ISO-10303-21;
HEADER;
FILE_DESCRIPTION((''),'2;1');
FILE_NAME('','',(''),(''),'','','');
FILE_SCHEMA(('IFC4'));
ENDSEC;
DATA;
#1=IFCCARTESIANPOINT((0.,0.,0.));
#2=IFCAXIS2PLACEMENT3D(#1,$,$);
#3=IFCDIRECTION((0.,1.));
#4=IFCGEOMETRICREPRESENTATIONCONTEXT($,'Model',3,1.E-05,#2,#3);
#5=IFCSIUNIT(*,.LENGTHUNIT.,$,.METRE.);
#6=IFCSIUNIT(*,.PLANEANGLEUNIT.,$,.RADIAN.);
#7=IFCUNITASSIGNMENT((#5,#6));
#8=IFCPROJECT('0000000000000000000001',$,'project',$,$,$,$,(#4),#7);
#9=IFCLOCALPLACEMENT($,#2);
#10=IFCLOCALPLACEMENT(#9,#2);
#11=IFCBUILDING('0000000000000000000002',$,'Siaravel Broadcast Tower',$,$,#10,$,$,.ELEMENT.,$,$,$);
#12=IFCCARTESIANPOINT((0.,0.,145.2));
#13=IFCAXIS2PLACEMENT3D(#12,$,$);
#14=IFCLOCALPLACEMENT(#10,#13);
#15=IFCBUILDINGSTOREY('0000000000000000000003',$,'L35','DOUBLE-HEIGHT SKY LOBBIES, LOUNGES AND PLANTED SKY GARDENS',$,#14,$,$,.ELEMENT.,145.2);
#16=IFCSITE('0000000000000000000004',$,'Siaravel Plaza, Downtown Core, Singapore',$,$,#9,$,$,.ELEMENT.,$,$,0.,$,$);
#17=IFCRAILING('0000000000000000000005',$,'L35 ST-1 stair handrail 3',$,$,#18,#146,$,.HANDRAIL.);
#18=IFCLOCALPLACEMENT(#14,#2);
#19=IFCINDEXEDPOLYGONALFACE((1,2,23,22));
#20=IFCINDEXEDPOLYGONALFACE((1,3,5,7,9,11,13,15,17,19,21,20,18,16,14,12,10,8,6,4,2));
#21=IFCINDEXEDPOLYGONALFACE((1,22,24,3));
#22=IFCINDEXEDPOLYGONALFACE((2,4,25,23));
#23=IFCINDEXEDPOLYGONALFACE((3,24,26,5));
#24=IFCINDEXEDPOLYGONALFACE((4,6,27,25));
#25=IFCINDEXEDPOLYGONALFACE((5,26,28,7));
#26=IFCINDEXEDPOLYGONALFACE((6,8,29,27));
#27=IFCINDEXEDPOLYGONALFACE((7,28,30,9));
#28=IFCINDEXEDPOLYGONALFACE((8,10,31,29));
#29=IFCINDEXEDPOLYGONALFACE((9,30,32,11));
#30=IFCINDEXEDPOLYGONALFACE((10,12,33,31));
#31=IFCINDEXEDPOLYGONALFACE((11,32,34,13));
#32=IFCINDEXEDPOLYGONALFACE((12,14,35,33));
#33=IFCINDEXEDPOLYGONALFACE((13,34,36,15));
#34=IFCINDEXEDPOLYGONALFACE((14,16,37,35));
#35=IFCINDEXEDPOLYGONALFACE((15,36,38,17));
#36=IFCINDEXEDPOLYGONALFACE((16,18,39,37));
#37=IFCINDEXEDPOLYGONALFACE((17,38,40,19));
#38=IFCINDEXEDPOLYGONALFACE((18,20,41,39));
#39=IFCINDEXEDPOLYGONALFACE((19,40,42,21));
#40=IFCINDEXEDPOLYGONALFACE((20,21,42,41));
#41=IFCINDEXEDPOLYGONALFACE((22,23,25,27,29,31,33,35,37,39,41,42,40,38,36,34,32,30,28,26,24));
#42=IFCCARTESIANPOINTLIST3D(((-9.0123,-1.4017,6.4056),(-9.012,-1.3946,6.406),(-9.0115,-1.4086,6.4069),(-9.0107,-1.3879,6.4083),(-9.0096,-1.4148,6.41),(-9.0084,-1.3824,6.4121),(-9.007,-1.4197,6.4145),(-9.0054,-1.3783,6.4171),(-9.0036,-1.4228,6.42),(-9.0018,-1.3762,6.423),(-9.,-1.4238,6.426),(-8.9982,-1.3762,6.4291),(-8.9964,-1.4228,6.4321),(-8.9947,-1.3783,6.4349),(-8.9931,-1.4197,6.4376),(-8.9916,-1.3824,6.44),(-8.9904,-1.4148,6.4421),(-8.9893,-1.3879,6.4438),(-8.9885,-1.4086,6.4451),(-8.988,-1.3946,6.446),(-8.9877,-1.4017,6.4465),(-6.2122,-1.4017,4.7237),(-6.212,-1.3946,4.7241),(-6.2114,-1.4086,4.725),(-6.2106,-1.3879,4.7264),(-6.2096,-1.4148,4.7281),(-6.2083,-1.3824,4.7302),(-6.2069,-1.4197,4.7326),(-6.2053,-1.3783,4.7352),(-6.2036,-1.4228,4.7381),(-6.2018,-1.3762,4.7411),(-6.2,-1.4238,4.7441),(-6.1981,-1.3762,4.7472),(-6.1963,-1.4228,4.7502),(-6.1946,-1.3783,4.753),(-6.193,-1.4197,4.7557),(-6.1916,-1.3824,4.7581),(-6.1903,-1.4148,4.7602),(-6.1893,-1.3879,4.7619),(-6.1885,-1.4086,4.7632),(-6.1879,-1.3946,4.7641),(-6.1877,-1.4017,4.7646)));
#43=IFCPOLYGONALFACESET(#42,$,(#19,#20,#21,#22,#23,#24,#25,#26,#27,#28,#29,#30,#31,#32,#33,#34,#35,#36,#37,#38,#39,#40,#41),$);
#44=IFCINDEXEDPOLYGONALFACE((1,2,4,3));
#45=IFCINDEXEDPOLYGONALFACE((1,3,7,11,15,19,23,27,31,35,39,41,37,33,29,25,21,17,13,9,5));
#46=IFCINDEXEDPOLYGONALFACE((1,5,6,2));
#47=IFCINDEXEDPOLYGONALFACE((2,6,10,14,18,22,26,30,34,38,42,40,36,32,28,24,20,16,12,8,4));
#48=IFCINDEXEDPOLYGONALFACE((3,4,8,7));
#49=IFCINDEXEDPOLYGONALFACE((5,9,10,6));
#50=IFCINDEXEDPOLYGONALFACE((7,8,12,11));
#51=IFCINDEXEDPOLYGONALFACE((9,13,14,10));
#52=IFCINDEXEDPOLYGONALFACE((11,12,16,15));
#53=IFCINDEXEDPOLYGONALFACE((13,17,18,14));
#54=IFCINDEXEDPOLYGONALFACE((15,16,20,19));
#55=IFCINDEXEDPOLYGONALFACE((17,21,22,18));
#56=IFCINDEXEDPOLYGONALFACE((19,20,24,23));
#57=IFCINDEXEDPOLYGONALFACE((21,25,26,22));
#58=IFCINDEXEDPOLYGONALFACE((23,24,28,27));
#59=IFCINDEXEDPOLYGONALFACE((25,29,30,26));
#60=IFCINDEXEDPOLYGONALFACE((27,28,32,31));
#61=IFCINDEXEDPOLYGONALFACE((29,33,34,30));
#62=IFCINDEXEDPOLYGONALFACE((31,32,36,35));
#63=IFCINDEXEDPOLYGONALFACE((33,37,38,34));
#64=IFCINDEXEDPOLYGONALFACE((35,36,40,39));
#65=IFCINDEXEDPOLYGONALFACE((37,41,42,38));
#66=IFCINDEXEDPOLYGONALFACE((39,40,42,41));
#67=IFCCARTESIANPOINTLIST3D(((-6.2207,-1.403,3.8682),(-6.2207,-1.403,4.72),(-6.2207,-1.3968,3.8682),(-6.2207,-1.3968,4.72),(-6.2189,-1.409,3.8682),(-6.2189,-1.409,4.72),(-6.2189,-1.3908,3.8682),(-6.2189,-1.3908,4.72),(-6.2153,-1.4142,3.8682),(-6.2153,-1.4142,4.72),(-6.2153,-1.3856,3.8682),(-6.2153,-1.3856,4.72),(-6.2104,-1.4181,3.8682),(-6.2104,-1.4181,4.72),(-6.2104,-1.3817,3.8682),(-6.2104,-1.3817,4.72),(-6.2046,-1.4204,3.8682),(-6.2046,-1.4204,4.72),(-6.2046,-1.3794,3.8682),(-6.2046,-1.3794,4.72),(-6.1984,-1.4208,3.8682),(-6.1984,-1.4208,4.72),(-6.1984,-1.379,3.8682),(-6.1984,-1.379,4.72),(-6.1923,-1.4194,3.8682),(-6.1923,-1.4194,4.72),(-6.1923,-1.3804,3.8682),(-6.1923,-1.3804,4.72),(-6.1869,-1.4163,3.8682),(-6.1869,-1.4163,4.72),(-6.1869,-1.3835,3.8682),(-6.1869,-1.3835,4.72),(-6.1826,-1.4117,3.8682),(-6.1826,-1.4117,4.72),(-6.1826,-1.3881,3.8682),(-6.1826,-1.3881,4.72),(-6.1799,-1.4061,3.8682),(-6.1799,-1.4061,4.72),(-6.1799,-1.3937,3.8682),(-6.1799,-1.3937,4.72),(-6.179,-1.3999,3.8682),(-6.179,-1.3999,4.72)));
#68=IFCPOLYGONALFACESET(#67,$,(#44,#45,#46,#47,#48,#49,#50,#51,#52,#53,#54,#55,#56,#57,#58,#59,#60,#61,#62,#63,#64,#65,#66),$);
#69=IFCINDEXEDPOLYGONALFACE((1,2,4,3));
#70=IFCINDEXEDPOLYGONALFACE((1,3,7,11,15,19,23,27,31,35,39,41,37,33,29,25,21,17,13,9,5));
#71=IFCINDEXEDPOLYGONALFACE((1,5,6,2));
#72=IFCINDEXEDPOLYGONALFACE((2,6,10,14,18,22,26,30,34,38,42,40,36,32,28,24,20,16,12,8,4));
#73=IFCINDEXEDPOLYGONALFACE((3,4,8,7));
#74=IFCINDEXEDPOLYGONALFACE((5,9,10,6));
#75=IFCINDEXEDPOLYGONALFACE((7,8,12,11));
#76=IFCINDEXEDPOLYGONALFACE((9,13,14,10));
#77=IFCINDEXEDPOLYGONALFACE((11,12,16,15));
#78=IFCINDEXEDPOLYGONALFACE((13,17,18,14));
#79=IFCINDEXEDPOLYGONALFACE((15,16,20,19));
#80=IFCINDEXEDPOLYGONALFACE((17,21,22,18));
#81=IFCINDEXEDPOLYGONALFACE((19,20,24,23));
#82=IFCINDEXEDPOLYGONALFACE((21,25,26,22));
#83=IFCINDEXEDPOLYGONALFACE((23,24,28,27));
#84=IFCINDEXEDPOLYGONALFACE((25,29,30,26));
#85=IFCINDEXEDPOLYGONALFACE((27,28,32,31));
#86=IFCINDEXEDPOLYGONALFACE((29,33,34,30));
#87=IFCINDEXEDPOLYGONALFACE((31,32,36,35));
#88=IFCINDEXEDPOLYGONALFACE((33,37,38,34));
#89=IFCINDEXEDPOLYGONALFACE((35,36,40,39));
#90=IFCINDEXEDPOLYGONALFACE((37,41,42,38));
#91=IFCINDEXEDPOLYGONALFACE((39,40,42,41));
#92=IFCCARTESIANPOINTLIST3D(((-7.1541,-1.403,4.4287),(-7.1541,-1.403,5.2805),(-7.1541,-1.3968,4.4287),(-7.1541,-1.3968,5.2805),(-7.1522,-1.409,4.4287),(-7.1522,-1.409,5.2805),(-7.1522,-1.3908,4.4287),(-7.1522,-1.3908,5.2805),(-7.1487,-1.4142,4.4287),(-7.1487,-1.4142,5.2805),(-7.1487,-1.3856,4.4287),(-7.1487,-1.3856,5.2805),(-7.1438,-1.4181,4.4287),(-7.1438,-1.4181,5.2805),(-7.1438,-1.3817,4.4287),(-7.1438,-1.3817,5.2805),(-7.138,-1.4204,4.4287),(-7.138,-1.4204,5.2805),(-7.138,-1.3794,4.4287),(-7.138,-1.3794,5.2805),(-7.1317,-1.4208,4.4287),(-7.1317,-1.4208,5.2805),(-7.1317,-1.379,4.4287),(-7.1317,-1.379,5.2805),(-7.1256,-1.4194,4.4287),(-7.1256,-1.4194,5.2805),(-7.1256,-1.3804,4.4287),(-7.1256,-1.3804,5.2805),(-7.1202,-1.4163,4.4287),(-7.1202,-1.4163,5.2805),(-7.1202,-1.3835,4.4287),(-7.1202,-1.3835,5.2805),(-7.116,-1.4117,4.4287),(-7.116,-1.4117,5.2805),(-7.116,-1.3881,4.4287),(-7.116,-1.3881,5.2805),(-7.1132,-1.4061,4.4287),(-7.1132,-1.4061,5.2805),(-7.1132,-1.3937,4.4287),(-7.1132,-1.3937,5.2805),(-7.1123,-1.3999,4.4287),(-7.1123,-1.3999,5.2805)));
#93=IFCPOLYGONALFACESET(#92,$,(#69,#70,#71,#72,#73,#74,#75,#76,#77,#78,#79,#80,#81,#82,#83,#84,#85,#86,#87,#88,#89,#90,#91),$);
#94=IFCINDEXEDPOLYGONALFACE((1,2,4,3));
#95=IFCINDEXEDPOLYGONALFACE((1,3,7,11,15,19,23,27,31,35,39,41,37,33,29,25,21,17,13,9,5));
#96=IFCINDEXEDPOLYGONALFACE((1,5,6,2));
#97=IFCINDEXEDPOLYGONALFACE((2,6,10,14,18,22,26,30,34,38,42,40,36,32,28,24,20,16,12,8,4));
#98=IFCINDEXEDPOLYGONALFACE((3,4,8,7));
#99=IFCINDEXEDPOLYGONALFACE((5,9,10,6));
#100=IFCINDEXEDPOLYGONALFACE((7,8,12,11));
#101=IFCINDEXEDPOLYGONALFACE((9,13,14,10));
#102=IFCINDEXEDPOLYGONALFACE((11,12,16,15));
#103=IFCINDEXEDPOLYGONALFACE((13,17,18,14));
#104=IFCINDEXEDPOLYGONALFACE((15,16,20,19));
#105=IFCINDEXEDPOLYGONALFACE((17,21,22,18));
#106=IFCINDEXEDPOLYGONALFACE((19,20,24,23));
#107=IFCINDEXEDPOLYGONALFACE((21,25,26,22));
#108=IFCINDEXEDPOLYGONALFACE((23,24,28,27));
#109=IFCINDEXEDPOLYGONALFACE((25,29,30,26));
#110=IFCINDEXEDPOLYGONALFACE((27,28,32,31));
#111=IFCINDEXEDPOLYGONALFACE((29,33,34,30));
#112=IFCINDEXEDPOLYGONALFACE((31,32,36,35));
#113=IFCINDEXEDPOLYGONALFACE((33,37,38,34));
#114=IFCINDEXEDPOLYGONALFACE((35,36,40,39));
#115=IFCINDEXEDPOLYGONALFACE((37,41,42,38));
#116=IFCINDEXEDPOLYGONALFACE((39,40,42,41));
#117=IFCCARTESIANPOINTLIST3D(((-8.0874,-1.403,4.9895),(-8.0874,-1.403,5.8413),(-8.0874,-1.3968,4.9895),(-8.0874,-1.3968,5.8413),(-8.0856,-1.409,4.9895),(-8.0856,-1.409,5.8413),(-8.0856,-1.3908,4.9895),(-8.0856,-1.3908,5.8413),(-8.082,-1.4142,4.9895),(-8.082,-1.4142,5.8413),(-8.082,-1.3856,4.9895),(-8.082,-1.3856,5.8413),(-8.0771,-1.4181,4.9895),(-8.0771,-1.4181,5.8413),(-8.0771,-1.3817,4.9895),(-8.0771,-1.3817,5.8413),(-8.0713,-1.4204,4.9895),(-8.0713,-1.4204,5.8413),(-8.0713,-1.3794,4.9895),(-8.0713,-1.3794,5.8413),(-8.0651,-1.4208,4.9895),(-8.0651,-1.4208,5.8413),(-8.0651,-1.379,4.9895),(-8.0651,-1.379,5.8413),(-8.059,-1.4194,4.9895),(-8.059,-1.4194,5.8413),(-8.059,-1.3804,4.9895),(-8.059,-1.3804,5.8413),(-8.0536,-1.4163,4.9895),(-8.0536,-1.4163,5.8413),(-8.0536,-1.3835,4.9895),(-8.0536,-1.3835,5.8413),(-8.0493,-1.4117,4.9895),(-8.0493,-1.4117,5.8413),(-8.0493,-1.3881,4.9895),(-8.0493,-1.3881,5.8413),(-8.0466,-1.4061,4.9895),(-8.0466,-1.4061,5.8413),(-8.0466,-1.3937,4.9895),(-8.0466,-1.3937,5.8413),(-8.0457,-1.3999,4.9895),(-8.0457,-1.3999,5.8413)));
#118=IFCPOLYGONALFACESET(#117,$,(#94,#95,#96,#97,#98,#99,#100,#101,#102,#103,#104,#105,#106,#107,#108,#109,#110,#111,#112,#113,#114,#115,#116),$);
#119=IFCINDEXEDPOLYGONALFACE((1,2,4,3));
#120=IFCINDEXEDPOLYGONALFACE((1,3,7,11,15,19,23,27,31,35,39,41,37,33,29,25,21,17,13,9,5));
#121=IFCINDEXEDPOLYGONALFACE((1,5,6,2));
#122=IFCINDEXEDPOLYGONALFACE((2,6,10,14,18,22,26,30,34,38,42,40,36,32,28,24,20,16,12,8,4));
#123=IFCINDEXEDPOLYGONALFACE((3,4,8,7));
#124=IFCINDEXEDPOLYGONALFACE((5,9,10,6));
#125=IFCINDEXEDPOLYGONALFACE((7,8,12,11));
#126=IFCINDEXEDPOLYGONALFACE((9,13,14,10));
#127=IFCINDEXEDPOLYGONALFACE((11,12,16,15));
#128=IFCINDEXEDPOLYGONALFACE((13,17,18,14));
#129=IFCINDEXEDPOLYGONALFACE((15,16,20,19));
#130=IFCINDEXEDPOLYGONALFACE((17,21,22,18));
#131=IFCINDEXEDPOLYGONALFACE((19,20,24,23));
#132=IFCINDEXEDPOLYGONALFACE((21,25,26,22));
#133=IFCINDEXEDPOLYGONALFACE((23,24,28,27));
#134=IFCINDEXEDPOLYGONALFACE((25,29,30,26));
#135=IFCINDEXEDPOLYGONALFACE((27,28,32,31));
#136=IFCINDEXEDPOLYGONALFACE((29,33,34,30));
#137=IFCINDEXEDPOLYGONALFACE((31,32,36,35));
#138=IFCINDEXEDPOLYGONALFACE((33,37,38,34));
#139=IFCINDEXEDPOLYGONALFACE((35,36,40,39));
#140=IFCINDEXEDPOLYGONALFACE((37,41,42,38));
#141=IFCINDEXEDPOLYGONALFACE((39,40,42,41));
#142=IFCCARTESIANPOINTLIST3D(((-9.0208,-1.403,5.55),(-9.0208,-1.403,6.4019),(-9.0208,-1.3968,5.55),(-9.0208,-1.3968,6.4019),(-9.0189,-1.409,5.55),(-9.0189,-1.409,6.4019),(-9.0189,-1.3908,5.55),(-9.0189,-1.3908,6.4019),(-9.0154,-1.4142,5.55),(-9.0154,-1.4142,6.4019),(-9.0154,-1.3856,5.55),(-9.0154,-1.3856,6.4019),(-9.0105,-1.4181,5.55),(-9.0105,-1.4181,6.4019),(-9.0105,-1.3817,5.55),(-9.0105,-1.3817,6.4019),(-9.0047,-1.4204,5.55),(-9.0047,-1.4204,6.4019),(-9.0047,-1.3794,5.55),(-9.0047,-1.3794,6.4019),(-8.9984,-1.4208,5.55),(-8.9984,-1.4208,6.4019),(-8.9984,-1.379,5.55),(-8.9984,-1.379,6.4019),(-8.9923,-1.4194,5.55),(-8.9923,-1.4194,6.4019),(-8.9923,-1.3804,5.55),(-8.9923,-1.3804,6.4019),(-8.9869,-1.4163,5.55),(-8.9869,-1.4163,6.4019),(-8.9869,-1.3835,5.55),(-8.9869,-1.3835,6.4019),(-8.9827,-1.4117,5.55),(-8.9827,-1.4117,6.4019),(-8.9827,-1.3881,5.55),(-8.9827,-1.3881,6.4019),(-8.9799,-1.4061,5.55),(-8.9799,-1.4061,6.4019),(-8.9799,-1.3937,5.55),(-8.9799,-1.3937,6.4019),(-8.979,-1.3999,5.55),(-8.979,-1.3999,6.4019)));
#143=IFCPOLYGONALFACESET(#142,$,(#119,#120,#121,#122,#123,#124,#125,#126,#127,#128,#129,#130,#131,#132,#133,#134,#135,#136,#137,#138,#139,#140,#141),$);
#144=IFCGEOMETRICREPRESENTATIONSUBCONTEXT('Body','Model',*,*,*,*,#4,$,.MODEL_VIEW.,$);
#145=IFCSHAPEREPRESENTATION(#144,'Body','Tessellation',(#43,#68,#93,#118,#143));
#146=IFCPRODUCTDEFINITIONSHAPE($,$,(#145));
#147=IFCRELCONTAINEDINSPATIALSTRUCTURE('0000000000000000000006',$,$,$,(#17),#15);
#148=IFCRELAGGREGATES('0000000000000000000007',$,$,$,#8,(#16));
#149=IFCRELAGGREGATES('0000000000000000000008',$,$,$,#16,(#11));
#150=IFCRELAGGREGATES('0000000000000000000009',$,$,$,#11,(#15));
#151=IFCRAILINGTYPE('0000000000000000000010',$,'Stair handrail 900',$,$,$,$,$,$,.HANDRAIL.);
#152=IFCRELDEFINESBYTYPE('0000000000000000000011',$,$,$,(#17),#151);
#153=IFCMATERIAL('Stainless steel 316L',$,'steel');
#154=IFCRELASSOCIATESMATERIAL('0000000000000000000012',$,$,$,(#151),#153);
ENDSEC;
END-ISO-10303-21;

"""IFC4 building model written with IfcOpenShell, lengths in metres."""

from ifc_helpers import new_model, si_unit, direction, frame, origin, origin_2d, place, context, subcontext, project, spatial, circle, extrude, material, type_object, element, save


model = new_model("IFC4")

# Units and contexts
model_context = context("Model", 3, precision=1e-05, world=origin(), true_north=direction((0.0, 1.0)))
body_context = subcontext(model_context, "Body", "Model", "MODEL_VIEW")
ifc_project = project(units=[si_unit("LENGTHUNIT", "METRE"), si_unit("PLANEANGLEUNIT", "RADIAN")], contexts=[model_context])

# Site, building, storey
site_placement = place(None, origin())
site = spatial("IfcSite", under=ifc_project, at=site_placement, Name="Siaravel Plaza, Downtown Core, Singapore", CompositionType="ELEMENT", RefElevation=0.0)
building_placement = place(site_placement, origin())
building = spatial("IfcBuilding", under=site, at=building_placement, Name="Siaravel Broadcast Tower", CompositionType="ELEMENT")
storey_placement = place(building_placement, frame((0.0, 0.0, 145.2)))
storey = spatial("IfcBuildingStorey", under=building, at=storey_placement, Name="L35", Description="DOUBLE-HEIGHT SKY LOBBIES, LOUNGES AND PLANTED SKY GARDENS", CompositionType="ELEMENT", Elevation=145.2)

# Railing
ifc_material_1 = material(Name="Stainless steel 316L", Category="steel")
railing_type_1 = type_object("IfcRailingType", Name="Stair handrail 900", PredefinedType="HANDRAIL", material=ifc_material_1)
railing_1_placement = place(storey_placement, frame((-6.2, -1.3999, 3.8682)))
element("IfcRailing", 1, at=railing_1_placement, inside=storey, type_object=railing_type_1, Name="L35 ST-1 stair handrail 3", PredefinedType="HANDRAIL", context=body_context, shape_type="SweptSolid", body=[
    extrude(circle(Radius=0.0239, at=origin_2d()), frame((0.0, 0.0, 0.876), z_axis=(-0.857242, 0.0, 0.514913), x_axis=(0.0, -1.0, 0.0)), (0.0, 0.0, 1.0), 3.2664),
    extrude(circle(Radius=0.021, at=origin_2d()), origin(), (0.0, 0.0, 1.0), 0.8518),
    extrude(circle(Radius=0.021, at=origin_2d()), frame((-0.9333, 0.0, 0.5605)), (0.0, 0.0, 1.0), 0.8518),
    extrude(circle(Radius=0.021, at=origin_2d()), frame((-1.8667, 0.0, 1.1213)), (0.0, 0.0, 1.0), 0.8518),
    extrude(circle(Radius=0.021, at=origin_2d()), frame((-2.8, 0.0, 1.6819)), (0.0, 0.0, 1.0), 0.8518),
])

save(model, "model.ifc")
